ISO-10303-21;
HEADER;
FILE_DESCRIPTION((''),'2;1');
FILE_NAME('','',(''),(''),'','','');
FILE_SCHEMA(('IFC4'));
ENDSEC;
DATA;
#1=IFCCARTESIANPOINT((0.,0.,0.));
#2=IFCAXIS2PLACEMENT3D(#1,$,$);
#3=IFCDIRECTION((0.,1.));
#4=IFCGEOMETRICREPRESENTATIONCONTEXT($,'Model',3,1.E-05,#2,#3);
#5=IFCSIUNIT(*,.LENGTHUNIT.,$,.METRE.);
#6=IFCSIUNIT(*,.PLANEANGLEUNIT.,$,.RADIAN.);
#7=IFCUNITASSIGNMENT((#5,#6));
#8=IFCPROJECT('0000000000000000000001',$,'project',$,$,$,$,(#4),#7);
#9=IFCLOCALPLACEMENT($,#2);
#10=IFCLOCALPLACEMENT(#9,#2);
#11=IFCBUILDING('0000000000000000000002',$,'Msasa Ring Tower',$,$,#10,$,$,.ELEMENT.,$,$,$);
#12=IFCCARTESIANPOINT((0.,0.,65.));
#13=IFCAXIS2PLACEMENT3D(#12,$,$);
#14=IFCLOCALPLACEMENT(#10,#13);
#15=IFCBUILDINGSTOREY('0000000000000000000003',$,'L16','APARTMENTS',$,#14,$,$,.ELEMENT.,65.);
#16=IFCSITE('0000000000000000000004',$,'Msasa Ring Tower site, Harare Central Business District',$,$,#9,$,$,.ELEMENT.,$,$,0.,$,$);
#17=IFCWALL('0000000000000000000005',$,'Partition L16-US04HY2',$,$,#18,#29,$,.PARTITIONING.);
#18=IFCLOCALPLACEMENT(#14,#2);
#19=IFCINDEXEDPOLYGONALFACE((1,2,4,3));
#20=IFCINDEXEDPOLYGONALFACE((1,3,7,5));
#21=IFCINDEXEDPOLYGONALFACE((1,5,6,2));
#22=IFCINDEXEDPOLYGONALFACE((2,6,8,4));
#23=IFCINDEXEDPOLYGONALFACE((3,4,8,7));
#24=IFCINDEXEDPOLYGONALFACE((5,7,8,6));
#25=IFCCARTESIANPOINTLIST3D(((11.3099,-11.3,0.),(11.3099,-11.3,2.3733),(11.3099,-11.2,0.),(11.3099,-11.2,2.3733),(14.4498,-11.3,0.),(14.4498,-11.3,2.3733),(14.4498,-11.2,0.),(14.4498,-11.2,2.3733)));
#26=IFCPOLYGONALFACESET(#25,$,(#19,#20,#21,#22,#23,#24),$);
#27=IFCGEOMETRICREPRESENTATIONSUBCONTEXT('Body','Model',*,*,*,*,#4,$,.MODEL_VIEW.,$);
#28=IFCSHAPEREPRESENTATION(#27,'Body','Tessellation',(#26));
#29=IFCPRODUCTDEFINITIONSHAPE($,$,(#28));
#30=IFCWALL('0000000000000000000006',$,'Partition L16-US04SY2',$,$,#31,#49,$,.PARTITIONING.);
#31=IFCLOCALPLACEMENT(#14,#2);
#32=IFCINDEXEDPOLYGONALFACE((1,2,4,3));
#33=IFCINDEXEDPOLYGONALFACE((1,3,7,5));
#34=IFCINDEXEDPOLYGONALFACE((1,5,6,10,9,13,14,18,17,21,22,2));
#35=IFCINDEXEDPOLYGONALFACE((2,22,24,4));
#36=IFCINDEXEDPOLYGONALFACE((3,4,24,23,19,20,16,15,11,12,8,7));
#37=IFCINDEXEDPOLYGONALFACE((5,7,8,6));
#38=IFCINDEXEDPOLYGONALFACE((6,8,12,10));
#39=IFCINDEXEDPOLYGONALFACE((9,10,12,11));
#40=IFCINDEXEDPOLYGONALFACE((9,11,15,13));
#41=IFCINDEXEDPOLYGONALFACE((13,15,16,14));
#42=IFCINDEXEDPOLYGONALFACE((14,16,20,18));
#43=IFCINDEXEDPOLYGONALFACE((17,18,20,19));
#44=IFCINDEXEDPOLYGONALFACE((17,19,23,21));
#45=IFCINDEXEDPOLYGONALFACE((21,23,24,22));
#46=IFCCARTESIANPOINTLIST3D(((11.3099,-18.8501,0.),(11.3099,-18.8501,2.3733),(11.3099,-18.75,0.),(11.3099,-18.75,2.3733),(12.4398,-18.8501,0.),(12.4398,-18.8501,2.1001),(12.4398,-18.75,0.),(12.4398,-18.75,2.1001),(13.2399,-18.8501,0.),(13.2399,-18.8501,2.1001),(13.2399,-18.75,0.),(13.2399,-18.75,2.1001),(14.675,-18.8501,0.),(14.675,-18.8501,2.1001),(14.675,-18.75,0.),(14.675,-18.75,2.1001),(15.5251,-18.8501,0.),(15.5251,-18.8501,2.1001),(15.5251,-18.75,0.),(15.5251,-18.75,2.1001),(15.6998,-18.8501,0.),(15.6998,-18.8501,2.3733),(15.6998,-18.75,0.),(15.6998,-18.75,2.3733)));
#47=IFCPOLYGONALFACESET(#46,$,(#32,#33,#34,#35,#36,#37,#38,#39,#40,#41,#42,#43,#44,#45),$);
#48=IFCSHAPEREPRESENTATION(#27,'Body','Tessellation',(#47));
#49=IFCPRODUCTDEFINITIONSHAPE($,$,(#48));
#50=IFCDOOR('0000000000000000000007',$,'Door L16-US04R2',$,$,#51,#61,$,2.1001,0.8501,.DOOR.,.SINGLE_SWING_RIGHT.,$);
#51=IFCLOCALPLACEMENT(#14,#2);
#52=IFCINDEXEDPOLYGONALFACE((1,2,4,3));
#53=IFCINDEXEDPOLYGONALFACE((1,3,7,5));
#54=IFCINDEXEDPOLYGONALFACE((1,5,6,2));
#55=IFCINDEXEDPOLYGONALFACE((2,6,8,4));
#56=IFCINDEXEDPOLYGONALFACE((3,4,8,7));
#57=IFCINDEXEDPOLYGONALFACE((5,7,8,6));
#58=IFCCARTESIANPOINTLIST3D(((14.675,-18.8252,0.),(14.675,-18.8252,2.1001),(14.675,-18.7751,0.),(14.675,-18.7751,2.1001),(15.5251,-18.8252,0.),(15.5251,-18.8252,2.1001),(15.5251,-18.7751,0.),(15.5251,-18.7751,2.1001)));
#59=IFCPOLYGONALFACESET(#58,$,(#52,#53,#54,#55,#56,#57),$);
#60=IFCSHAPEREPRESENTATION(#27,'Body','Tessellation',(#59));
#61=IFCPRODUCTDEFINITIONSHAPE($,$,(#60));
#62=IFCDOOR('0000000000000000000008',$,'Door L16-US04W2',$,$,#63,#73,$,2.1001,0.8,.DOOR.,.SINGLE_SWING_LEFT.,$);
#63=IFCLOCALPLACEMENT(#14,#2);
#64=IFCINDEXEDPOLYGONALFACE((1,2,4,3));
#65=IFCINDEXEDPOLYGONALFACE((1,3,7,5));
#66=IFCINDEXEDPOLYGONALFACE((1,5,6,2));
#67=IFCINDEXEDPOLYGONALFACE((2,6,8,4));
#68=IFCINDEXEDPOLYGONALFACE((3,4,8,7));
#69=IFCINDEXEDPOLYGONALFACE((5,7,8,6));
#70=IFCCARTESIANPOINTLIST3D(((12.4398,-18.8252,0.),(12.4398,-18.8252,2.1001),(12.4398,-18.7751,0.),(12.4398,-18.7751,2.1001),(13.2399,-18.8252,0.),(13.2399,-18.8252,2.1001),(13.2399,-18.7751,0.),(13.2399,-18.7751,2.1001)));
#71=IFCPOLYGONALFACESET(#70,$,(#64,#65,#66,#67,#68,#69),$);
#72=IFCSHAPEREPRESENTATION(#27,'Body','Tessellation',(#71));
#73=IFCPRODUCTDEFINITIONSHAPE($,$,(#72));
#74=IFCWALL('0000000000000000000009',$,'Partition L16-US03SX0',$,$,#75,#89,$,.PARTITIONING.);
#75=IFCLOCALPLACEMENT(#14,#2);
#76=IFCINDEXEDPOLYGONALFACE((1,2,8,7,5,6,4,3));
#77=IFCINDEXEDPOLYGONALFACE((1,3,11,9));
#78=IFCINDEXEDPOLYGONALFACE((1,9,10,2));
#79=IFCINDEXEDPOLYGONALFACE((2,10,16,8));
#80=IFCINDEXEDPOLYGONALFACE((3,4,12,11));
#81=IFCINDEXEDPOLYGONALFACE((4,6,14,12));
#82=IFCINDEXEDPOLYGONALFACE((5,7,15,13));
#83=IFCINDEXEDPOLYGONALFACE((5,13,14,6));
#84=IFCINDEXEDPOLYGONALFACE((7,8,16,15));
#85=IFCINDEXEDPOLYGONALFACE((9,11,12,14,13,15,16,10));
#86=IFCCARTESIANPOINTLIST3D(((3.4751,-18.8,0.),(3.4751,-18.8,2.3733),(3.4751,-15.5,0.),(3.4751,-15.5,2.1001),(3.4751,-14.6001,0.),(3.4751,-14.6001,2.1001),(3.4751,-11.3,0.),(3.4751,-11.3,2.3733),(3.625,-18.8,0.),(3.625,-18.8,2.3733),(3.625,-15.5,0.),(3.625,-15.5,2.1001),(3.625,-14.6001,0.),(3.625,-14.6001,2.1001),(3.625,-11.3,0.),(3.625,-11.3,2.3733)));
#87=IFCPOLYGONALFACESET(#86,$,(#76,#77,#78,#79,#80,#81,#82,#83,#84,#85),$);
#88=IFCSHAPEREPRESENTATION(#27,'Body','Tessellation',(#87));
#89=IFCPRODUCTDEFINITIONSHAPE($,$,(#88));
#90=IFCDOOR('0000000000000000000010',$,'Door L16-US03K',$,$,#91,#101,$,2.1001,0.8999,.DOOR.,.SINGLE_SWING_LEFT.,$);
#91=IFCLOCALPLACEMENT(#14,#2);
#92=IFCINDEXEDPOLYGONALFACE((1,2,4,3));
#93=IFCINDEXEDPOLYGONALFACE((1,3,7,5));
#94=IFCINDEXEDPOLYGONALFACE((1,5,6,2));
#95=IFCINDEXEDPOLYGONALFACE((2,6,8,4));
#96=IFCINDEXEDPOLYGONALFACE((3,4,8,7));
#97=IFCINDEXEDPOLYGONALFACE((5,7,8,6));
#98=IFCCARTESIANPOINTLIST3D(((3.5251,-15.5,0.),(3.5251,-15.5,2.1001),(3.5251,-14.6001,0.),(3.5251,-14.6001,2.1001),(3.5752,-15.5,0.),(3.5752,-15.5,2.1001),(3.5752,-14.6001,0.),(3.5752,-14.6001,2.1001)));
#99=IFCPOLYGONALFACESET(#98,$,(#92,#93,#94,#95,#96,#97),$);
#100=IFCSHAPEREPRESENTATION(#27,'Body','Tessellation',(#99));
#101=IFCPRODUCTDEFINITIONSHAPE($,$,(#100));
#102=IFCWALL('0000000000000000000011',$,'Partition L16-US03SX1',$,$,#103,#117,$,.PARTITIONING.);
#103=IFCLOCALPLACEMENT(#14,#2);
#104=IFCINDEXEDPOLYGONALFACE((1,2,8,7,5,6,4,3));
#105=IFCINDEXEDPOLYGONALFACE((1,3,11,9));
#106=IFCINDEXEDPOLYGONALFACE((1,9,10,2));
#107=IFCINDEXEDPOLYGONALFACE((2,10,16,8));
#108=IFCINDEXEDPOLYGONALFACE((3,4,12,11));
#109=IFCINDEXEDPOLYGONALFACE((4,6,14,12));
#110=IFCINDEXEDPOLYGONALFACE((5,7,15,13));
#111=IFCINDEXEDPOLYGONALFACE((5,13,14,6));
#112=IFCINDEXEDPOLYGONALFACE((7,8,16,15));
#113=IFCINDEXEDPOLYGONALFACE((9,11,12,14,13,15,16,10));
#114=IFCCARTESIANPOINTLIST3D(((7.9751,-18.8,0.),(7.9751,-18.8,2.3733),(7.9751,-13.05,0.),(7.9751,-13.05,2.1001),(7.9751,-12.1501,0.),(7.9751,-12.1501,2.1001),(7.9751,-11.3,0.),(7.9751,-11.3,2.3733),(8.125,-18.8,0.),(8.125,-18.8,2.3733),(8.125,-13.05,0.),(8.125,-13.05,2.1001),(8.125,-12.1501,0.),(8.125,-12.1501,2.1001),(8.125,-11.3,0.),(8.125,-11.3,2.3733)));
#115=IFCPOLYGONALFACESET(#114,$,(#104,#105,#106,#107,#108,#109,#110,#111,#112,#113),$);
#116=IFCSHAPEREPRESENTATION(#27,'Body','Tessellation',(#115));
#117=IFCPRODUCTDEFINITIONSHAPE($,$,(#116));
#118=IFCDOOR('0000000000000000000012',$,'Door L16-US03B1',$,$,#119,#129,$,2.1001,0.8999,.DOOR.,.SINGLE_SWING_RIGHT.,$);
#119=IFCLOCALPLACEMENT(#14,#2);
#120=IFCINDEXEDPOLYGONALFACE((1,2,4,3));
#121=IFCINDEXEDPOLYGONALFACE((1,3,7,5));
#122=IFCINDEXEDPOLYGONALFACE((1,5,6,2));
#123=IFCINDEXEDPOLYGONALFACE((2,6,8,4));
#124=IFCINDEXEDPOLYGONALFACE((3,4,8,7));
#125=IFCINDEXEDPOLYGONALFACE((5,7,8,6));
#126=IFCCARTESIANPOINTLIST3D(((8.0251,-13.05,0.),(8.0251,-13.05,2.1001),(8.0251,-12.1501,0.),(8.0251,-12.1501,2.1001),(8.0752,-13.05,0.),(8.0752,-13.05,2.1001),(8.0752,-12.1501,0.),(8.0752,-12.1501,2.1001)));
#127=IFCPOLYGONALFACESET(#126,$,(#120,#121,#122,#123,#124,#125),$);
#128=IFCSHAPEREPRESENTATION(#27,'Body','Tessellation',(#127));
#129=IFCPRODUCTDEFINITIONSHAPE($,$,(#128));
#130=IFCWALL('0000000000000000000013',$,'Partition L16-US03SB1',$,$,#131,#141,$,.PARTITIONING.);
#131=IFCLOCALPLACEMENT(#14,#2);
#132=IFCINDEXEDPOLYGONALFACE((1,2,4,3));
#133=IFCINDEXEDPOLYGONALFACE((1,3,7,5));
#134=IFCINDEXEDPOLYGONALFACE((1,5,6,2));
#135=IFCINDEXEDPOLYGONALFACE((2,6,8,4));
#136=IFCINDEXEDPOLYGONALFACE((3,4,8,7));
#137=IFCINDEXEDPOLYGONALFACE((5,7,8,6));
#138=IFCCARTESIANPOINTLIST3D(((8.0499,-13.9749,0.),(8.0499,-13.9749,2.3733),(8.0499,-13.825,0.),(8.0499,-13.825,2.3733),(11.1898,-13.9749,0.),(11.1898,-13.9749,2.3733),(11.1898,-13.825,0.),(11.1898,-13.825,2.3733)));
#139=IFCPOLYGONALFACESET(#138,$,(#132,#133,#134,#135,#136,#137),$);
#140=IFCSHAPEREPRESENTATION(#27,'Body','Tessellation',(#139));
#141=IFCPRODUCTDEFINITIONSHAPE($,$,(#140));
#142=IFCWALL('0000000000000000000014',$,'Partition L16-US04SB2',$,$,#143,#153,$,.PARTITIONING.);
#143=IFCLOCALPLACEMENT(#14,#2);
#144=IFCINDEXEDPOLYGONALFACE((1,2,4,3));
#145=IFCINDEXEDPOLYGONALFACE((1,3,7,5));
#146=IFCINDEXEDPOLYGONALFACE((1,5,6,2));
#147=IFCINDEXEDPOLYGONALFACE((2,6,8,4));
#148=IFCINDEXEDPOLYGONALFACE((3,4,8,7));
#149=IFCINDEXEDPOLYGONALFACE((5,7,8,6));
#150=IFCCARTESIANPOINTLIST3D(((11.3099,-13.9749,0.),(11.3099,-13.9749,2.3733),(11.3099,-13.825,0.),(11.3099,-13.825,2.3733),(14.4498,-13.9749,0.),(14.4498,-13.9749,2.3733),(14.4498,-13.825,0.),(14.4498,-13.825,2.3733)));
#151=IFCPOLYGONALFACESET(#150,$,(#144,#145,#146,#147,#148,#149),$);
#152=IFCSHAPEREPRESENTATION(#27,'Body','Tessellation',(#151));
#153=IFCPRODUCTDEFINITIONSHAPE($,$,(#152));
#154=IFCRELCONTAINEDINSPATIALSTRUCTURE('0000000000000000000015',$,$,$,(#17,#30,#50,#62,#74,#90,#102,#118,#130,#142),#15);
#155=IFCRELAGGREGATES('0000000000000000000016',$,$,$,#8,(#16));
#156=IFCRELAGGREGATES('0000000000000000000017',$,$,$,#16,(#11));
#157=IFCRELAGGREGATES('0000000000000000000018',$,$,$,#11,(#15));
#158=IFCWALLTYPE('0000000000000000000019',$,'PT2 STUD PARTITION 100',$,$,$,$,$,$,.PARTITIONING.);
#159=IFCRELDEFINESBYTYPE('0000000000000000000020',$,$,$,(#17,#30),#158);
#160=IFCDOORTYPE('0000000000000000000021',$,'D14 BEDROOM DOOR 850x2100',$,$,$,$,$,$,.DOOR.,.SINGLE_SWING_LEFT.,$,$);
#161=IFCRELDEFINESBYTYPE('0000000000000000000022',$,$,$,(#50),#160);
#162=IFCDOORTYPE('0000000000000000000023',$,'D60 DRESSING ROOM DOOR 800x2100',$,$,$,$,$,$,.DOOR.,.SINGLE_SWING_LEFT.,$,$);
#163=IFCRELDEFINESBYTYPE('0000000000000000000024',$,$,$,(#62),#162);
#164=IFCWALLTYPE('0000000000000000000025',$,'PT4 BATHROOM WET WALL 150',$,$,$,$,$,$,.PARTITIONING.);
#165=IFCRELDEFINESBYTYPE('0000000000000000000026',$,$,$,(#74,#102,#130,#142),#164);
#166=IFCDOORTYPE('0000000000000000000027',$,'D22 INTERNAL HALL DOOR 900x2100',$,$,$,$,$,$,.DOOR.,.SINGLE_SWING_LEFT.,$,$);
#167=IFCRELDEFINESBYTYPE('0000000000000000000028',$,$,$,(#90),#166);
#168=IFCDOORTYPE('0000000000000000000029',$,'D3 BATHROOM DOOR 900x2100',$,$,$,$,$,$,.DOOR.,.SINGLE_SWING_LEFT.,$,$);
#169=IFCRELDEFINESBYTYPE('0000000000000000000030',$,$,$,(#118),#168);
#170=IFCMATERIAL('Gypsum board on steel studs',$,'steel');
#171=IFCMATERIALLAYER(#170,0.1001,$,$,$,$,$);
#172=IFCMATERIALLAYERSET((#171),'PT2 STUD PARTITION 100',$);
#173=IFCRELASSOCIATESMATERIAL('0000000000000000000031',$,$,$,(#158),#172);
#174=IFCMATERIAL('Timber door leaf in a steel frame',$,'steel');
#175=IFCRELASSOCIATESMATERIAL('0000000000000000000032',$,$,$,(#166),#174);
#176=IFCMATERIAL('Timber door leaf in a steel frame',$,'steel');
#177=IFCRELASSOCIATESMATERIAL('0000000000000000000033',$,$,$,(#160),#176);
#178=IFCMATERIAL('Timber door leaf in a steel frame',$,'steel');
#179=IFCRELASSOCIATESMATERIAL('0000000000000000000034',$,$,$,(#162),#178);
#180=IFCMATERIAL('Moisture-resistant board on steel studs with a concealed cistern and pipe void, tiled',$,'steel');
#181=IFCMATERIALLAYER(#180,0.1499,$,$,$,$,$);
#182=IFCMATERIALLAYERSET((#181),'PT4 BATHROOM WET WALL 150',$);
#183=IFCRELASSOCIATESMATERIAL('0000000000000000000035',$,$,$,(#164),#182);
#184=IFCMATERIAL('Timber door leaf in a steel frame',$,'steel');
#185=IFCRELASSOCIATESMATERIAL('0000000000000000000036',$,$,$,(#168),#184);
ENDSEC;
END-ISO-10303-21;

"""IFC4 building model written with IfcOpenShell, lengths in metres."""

from ifc_helpers import new_model, si_unit, direction, frame, frame_2d, origin, place, context, subcontext, project, spatial, rectangle, extrude, material, layer, layer_set, type_object, element, fill, save


model = new_model("IFC4")

# Units and contexts
model_context = context("Model", 3, precision=1e-05, world=origin(), true_north=direction((0.0, 1.0)))
body_context = subcontext(model_context, "Body", "Model", "MODEL_VIEW")
ifc_project = project(units=[si_unit("LENGTHUNIT", "METRE"), si_unit("PLANEANGLEUNIT", "RADIAN")], contexts=[model_context])

# Site, building, storey
site_placement = place(None, origin())
site = spatial("IfcSite", under=ifc_project, at=site_placement, Name="Msasa Ring Tower site, Harare Central Business District", CompositionType="ELEMENT", RefElevation=0.0)
building_placement = place(site_placement, origin())
building = spatial("IfcBuilding", under=site, at=building_placement, Name="Msasa Ring Tower", CompositionType="ELEMENT")
storey_placement = place(building_placement, frame((0.0, 0.0, 65.0)))
storey = spatial("IfcBuildingStorey", under=building, at=storey_placement, Name="L16", Description="APARTMENTS", CompositionType="ELEMENT", Elevation=65.0)

# Shared definitions
ifc_material_1 = material(Name="Gypsum board on steel studs", Category="steel")
ifc_layer_1 = layer(ifc_material_1, 0.1001)
ifc_layer_set_1 = layer_set([ifc_layer_1], Name="PT2 STUD PARTITION 100")
wall_type_1 = type_object("IfcWallType", Name="PT2 STUD PARTITION 100", PredefinedType="PARTITIONING", material=ifc_layer_set_1)

# Shared definitions
ifc_material_2 = material(Name="Timber door leaf in a steel frame", Category="steel")
door_type_1 = type_object("IfcDoorType", Name="D22 INTERNAL HALL DOOR 900x2100", OperationType="SINGLE_SWING_LEFT", PredefinedType="DOOR", material=ifc_material_2)

# Shared definitions
ifc_material_3 = material(Name="Timber door leaf in a steel frame", Category="steel")
door_type_2 = type_object("IfcDoorType", Name="D14 BEDROOM DOOR 850x2100", OperationType="SINGLE_SWING_LEFT", PredefinedType="DOOR", material=ifc_material_3)
ifc_material_4 = material(Name="Timber door leaf in a steel frame", Category="steel")
door_type_3 = type_object("IfcDoorType", Name="D60 DRESSING ROOM DOOR 800x2100", OperationType="SINGLE_SWING_LEFT", PredefinedType="DOOR", material=ifc_material_4)

# Wall
wall_1_placement = place(storey_placement, frame((11.3101, -11.25, 0.0), z_axis=(0.0, 0.0, 1.0), x_axis=(1.0, 0.0, 0.0)))
element("IfcWall", 1, at=wall_1_placement, inside=storey, type_object=wall_type_1, Name="Partition L16-US04HY2", PredefinedType="PARTITIONING", context=body_context, shape_type="SweptSolid", body=[
    extrude(rectangle(XDim=3.1399, YDim=0.1001, at=frame_2d((1.5698, 0.0))), origin(), (0.0, 0.0, 1.0), 2.3733),
])

# Wall, openings, doors
wall_2_placement = place(storey_placement, frame((11.3101, -18.8, 0.0), z_axis=(0.0, 0.0, 1.0), x_axis=(1.0, 0.0, 0.0)))
wall_2 = element("IfcWall", 2, at=wall_2_placement, inside=storey, type_object=wall_type_1, Name="Partition L16-US04SY2", PredefinedType="PARTITIONING", context=body_context, shape_type="SweptSolid", body=[
    extrude(rectangle(XDim=4.3899, YDim=0.1001, at=frame_2d((2.1948, 0.0))), origin(), (0.0, 0.0, 1.0), 2.3733),
])
opening_1_placement = place(wall_2_placement, frame((3.365, 0.0, 0.0)))
opening_1 = element("IfcOpeningElement", 3, at=opening_1_placement, cuts=wall_2, PredefinedType="OPENING", context=body_context, shape_type="SweptSolid", body=[
    extrude(rectangle(XDim=0.8501, YDim=2.1001, at=frame_2d((0.425, 1.05))), frame((0.0, 0.0601, 0.0), z_axis=(0.0, -1.0, 0.0), x_axis=(1.0, 0.0, 0.0)), (0.0, 0.0, 1.0), 0.1201),
])
opening_2_placement = place(wall_2_placement, frame((1.1299, 0.0, 0.0)))
opening_2 = element("IfcOpeningElement", 4, at=opening_2_placement, cuts=wall_2, PredefinedType="OPENING", context=body_context, shape_type="SweptSolid", body=[
    extrude(rectangle(XDim=0.8, YDim=2.1001, at=frame_2d((0.3999, 1.05))), frame((0.0, 0.0601, 0.0), z_axis=(0.0, -1.0, 0.0), x_axis=(1.0, 0.0, 0.0)), (0.0, 0.0, 1.0), 0.1201),
])
door_1_placement = place(opening_1_placement, origin())
door_1 = element("IfcDoor", 5, at=door_1_placement, inside=storey, type_object=door_type_2, Name="Door L16-US04R2", OperationType="SINGLE_SWING_RIGHT", OverallHeight=2.1001, OverallWidth=0.8501, PredefinedType="DOOR", context=body_context, shape_type="SweptSolid", body=[
    extrude(rectangle(XDim=0.8501, YDim=2.1001, at=frame_2d((0.425, 1.05))), frame((0.0, 0.0249, 0.0), z_axis=(0.0, -1.0, 0.0), x_axis=(1.0, 0.0, 0.0)), (0.0, 0.0, 1.0), 0.05),
])
fill(opening_1, door_1)
door_2_placement = place(opening_2_placement, origin())
door_2 = element("IfcDoor", 6, at=door_2_placement, inside=storey, type_object=door_type_3, Name="Door L16-US04W2", OperationType="SINGLE_SWING_LEFT", OverallHeight=2.1001, OverallWidth=0.8, PredefinedType="DOOR", context=body_context, shape_type="SweptSolid", body=[
    extrude(rectangle(XDim=0.8, YDim=2.1001, at=frame_2d((0.3999, 1.05))), frame((0.0, 0.0249, 0.0), z_axis=(0.0, -1.0, 0.0), x_axis=(1.0, 0.0, 0.0)), (0.0, 0.0, 1.0), 0.05),
])
fill(opening_2, door_2)

# Walls, openings, doors
ifc_material_5 = material(Name="Moisture-resistant board on steel studs with a concealed cistern and pipe void, tiled", Category="steel")
ifc_layer_2 = layer(ifc_material_5, 0.1499)
ifc_layer_set_2 = layer_set([ifc_layer_2], Name="PT4 BATHROOM WET WALL 150")
wall_type_2 = type_object("IfcWallType", Name="PT4 BATHROOM WET WALL 150", PredefinedType="PARTITIONING", material=ifc_layer_set_2)
wall_3_placement = place(storey_placement, frame((3.55, -18.8, 0.0), z_axis=(0.0, 0.0, 1.0), x_axis=(0.0, 1.0, 0.0)))
wall_3 = element("IfcWall", 7, at=wall_3_placement, inside=storey, type_object=wall_type_2, Name="Partition L16-US03SX0", PredefinedType="PARTITIONING", context=body_context, shape_type="SweptSolid", body=[
    extrude(rectangle(XDim=7.5, YDim=0.1499, at=frame_2d((3.75, 0.0))), origin(), (0.0, 0.0, 1.0), 2.3733),
])
opening_3_placement = place(wall_3_placement, frame((3.3, 0.0, 0.0)))
opening_3 = element("IfcOpeningElement", 8, at=opening_3_placement, cuts=wall_3, PredefinedType="OPENING", context=body_context, shape_type="SweptSolid", body=[
    extrude(rectangle(XDim=0.8999, YDim=2.1001, at=frame_2d((0.45, 1.05))), frame((0.0, 0.085, 0.0), z_axis=(0.0, -1.0, 0.0), x_axis=(1.0, 0.0, 0.0)), (0.0, 0.0, 1.0), 0.1699),
])
door_3_placement = place(opening_3_placement, origin())
door_3 = element("IfcDoor", 9, at=door_3_placement, inside=storey, type_object=door_type_1, Name="Door L16-US03K", OperationType="SINGLE_SWING_LEFT", OverallHeight=2.1001, OverallWidth=0.8999, PredefinedType="DOOR", context=body_context, shape_type="SweptSolid", body=[
    extrude(rectangle(XDim=0.8999, YDim=2.1001, at=frame_2d((0.45, 1.05))), frame((0.0, 0.0249, 0.0), z_axis=(0.0, -1.0, 0.0), x_axis=(1.0, 0.0, 0.0)), (0.0, 0.0, 1.0), 0.05),
])
fill(opening_3, door_3)
wall_4_placement = place(storey_placement, frame((8.05, -18.8, 0.0), z_axis=(0.0, 0.0, 1.0), x_axis=(0.0, 1.0, 0.0)))
wall_4 = element("IfcWall", 10, at=wall_4_placement, inside=storey, type_object=wall_type_2, Name="Partition L16-US03SX1", PredefinedType="PARTITIONING", context=body_context, shape_type="SweptSolid", body=[
    extrude(rectangle(XDim=7.5, YDim=0.1499, at=frame_2d((3.75, 0.0))), origin(), (0.0, 0.0, 1.0), 2.3733),
])
opening_4_placement = place(wall_4_placement, frame((5.75, 0.0, 0.0)))
opening_4 = element("IfcOpeningElement", 11, at=opening_4_placement, cuts=wall_4, PredefinedType="OPENING", context=body_context, shape_type="SweptSolid", body=[
    extrude(rectangle(XDim=0.8999, YDim=2.1001, at=frame_2d((0.45, 1.05))), frame((0.0, 0.085, 0.0), z_axis=(0.0, -1.0, 0.0), x_axis=(1.0, 0.0, 0.0)), (0.0, 0.0, 1.0), 0.1699),
])
ifc_material_6 = material(Name="Timber door leaf in a steel frame", Category="steel")
door_type_4 = type_object("IfcDoorType", Name="D3 BATHROOM DOOR 900x2100", OperationType="SINGLE_SWING_LEFT", PredefinedType="DOOR", material=ifc_material_6)
door_4_placement = place(opening_4_placement, origin())
door_4 = element("IfcDoor", 12, at=door_4_placement, inside=storey, type_object=door_type_4, Name="Door L16-US03B1", OperationType="SINGLE_SWING_RIGHT", OverallHeight=2.1001, OverallWidth=0.8999, PredefinedType="DOOR", context=body_context, shape_type="SweptSolid", body=[
    extrude(rectangle(XDim=0.8999, YDim=2.1001, at=frame_2d((0.45, 1.05))), frame((0.0, 0.0249, 0.0), z_axis=(0.0, -1.0, 0.0), x_axis=(1.0, 0.0, 0.0)), (0.0, 0.0, 1.0), 0.05),
])
fill(opening_4, door_4)

# Walls
for number, where, z_axis, x_axis, name in (
    (13, (8.05, -13.8999, 0.0), (0.0, 0.0, 1.0), (1.0, 0.0, 0.0), "Partition L16-US03SB1"),
    (14, (11.3101, -13.8999, 0.0), (0.0, 0.0, 1.0), (1.0, 0.0, 0.0), "Partition L16-US04SB2"),
):
    element("IfcWall", number, at=place(storey_placement, frame(where, z_axis=z_axis, x_axis=x_axis)), inside=storey, type_object=wall_type_2, Name=name, PredefinedType="PARTITIONING", context=body_context, shape_type="SweptSolid", body=[
        extrude(rectangle(XDim=3.1399, YDim=0.1499, at=frame_2d((1.5698, 0.0))), origin(), (0.0, 0.0, 1.0), 2.3733),
    ])

save(model, "model.ifc")
